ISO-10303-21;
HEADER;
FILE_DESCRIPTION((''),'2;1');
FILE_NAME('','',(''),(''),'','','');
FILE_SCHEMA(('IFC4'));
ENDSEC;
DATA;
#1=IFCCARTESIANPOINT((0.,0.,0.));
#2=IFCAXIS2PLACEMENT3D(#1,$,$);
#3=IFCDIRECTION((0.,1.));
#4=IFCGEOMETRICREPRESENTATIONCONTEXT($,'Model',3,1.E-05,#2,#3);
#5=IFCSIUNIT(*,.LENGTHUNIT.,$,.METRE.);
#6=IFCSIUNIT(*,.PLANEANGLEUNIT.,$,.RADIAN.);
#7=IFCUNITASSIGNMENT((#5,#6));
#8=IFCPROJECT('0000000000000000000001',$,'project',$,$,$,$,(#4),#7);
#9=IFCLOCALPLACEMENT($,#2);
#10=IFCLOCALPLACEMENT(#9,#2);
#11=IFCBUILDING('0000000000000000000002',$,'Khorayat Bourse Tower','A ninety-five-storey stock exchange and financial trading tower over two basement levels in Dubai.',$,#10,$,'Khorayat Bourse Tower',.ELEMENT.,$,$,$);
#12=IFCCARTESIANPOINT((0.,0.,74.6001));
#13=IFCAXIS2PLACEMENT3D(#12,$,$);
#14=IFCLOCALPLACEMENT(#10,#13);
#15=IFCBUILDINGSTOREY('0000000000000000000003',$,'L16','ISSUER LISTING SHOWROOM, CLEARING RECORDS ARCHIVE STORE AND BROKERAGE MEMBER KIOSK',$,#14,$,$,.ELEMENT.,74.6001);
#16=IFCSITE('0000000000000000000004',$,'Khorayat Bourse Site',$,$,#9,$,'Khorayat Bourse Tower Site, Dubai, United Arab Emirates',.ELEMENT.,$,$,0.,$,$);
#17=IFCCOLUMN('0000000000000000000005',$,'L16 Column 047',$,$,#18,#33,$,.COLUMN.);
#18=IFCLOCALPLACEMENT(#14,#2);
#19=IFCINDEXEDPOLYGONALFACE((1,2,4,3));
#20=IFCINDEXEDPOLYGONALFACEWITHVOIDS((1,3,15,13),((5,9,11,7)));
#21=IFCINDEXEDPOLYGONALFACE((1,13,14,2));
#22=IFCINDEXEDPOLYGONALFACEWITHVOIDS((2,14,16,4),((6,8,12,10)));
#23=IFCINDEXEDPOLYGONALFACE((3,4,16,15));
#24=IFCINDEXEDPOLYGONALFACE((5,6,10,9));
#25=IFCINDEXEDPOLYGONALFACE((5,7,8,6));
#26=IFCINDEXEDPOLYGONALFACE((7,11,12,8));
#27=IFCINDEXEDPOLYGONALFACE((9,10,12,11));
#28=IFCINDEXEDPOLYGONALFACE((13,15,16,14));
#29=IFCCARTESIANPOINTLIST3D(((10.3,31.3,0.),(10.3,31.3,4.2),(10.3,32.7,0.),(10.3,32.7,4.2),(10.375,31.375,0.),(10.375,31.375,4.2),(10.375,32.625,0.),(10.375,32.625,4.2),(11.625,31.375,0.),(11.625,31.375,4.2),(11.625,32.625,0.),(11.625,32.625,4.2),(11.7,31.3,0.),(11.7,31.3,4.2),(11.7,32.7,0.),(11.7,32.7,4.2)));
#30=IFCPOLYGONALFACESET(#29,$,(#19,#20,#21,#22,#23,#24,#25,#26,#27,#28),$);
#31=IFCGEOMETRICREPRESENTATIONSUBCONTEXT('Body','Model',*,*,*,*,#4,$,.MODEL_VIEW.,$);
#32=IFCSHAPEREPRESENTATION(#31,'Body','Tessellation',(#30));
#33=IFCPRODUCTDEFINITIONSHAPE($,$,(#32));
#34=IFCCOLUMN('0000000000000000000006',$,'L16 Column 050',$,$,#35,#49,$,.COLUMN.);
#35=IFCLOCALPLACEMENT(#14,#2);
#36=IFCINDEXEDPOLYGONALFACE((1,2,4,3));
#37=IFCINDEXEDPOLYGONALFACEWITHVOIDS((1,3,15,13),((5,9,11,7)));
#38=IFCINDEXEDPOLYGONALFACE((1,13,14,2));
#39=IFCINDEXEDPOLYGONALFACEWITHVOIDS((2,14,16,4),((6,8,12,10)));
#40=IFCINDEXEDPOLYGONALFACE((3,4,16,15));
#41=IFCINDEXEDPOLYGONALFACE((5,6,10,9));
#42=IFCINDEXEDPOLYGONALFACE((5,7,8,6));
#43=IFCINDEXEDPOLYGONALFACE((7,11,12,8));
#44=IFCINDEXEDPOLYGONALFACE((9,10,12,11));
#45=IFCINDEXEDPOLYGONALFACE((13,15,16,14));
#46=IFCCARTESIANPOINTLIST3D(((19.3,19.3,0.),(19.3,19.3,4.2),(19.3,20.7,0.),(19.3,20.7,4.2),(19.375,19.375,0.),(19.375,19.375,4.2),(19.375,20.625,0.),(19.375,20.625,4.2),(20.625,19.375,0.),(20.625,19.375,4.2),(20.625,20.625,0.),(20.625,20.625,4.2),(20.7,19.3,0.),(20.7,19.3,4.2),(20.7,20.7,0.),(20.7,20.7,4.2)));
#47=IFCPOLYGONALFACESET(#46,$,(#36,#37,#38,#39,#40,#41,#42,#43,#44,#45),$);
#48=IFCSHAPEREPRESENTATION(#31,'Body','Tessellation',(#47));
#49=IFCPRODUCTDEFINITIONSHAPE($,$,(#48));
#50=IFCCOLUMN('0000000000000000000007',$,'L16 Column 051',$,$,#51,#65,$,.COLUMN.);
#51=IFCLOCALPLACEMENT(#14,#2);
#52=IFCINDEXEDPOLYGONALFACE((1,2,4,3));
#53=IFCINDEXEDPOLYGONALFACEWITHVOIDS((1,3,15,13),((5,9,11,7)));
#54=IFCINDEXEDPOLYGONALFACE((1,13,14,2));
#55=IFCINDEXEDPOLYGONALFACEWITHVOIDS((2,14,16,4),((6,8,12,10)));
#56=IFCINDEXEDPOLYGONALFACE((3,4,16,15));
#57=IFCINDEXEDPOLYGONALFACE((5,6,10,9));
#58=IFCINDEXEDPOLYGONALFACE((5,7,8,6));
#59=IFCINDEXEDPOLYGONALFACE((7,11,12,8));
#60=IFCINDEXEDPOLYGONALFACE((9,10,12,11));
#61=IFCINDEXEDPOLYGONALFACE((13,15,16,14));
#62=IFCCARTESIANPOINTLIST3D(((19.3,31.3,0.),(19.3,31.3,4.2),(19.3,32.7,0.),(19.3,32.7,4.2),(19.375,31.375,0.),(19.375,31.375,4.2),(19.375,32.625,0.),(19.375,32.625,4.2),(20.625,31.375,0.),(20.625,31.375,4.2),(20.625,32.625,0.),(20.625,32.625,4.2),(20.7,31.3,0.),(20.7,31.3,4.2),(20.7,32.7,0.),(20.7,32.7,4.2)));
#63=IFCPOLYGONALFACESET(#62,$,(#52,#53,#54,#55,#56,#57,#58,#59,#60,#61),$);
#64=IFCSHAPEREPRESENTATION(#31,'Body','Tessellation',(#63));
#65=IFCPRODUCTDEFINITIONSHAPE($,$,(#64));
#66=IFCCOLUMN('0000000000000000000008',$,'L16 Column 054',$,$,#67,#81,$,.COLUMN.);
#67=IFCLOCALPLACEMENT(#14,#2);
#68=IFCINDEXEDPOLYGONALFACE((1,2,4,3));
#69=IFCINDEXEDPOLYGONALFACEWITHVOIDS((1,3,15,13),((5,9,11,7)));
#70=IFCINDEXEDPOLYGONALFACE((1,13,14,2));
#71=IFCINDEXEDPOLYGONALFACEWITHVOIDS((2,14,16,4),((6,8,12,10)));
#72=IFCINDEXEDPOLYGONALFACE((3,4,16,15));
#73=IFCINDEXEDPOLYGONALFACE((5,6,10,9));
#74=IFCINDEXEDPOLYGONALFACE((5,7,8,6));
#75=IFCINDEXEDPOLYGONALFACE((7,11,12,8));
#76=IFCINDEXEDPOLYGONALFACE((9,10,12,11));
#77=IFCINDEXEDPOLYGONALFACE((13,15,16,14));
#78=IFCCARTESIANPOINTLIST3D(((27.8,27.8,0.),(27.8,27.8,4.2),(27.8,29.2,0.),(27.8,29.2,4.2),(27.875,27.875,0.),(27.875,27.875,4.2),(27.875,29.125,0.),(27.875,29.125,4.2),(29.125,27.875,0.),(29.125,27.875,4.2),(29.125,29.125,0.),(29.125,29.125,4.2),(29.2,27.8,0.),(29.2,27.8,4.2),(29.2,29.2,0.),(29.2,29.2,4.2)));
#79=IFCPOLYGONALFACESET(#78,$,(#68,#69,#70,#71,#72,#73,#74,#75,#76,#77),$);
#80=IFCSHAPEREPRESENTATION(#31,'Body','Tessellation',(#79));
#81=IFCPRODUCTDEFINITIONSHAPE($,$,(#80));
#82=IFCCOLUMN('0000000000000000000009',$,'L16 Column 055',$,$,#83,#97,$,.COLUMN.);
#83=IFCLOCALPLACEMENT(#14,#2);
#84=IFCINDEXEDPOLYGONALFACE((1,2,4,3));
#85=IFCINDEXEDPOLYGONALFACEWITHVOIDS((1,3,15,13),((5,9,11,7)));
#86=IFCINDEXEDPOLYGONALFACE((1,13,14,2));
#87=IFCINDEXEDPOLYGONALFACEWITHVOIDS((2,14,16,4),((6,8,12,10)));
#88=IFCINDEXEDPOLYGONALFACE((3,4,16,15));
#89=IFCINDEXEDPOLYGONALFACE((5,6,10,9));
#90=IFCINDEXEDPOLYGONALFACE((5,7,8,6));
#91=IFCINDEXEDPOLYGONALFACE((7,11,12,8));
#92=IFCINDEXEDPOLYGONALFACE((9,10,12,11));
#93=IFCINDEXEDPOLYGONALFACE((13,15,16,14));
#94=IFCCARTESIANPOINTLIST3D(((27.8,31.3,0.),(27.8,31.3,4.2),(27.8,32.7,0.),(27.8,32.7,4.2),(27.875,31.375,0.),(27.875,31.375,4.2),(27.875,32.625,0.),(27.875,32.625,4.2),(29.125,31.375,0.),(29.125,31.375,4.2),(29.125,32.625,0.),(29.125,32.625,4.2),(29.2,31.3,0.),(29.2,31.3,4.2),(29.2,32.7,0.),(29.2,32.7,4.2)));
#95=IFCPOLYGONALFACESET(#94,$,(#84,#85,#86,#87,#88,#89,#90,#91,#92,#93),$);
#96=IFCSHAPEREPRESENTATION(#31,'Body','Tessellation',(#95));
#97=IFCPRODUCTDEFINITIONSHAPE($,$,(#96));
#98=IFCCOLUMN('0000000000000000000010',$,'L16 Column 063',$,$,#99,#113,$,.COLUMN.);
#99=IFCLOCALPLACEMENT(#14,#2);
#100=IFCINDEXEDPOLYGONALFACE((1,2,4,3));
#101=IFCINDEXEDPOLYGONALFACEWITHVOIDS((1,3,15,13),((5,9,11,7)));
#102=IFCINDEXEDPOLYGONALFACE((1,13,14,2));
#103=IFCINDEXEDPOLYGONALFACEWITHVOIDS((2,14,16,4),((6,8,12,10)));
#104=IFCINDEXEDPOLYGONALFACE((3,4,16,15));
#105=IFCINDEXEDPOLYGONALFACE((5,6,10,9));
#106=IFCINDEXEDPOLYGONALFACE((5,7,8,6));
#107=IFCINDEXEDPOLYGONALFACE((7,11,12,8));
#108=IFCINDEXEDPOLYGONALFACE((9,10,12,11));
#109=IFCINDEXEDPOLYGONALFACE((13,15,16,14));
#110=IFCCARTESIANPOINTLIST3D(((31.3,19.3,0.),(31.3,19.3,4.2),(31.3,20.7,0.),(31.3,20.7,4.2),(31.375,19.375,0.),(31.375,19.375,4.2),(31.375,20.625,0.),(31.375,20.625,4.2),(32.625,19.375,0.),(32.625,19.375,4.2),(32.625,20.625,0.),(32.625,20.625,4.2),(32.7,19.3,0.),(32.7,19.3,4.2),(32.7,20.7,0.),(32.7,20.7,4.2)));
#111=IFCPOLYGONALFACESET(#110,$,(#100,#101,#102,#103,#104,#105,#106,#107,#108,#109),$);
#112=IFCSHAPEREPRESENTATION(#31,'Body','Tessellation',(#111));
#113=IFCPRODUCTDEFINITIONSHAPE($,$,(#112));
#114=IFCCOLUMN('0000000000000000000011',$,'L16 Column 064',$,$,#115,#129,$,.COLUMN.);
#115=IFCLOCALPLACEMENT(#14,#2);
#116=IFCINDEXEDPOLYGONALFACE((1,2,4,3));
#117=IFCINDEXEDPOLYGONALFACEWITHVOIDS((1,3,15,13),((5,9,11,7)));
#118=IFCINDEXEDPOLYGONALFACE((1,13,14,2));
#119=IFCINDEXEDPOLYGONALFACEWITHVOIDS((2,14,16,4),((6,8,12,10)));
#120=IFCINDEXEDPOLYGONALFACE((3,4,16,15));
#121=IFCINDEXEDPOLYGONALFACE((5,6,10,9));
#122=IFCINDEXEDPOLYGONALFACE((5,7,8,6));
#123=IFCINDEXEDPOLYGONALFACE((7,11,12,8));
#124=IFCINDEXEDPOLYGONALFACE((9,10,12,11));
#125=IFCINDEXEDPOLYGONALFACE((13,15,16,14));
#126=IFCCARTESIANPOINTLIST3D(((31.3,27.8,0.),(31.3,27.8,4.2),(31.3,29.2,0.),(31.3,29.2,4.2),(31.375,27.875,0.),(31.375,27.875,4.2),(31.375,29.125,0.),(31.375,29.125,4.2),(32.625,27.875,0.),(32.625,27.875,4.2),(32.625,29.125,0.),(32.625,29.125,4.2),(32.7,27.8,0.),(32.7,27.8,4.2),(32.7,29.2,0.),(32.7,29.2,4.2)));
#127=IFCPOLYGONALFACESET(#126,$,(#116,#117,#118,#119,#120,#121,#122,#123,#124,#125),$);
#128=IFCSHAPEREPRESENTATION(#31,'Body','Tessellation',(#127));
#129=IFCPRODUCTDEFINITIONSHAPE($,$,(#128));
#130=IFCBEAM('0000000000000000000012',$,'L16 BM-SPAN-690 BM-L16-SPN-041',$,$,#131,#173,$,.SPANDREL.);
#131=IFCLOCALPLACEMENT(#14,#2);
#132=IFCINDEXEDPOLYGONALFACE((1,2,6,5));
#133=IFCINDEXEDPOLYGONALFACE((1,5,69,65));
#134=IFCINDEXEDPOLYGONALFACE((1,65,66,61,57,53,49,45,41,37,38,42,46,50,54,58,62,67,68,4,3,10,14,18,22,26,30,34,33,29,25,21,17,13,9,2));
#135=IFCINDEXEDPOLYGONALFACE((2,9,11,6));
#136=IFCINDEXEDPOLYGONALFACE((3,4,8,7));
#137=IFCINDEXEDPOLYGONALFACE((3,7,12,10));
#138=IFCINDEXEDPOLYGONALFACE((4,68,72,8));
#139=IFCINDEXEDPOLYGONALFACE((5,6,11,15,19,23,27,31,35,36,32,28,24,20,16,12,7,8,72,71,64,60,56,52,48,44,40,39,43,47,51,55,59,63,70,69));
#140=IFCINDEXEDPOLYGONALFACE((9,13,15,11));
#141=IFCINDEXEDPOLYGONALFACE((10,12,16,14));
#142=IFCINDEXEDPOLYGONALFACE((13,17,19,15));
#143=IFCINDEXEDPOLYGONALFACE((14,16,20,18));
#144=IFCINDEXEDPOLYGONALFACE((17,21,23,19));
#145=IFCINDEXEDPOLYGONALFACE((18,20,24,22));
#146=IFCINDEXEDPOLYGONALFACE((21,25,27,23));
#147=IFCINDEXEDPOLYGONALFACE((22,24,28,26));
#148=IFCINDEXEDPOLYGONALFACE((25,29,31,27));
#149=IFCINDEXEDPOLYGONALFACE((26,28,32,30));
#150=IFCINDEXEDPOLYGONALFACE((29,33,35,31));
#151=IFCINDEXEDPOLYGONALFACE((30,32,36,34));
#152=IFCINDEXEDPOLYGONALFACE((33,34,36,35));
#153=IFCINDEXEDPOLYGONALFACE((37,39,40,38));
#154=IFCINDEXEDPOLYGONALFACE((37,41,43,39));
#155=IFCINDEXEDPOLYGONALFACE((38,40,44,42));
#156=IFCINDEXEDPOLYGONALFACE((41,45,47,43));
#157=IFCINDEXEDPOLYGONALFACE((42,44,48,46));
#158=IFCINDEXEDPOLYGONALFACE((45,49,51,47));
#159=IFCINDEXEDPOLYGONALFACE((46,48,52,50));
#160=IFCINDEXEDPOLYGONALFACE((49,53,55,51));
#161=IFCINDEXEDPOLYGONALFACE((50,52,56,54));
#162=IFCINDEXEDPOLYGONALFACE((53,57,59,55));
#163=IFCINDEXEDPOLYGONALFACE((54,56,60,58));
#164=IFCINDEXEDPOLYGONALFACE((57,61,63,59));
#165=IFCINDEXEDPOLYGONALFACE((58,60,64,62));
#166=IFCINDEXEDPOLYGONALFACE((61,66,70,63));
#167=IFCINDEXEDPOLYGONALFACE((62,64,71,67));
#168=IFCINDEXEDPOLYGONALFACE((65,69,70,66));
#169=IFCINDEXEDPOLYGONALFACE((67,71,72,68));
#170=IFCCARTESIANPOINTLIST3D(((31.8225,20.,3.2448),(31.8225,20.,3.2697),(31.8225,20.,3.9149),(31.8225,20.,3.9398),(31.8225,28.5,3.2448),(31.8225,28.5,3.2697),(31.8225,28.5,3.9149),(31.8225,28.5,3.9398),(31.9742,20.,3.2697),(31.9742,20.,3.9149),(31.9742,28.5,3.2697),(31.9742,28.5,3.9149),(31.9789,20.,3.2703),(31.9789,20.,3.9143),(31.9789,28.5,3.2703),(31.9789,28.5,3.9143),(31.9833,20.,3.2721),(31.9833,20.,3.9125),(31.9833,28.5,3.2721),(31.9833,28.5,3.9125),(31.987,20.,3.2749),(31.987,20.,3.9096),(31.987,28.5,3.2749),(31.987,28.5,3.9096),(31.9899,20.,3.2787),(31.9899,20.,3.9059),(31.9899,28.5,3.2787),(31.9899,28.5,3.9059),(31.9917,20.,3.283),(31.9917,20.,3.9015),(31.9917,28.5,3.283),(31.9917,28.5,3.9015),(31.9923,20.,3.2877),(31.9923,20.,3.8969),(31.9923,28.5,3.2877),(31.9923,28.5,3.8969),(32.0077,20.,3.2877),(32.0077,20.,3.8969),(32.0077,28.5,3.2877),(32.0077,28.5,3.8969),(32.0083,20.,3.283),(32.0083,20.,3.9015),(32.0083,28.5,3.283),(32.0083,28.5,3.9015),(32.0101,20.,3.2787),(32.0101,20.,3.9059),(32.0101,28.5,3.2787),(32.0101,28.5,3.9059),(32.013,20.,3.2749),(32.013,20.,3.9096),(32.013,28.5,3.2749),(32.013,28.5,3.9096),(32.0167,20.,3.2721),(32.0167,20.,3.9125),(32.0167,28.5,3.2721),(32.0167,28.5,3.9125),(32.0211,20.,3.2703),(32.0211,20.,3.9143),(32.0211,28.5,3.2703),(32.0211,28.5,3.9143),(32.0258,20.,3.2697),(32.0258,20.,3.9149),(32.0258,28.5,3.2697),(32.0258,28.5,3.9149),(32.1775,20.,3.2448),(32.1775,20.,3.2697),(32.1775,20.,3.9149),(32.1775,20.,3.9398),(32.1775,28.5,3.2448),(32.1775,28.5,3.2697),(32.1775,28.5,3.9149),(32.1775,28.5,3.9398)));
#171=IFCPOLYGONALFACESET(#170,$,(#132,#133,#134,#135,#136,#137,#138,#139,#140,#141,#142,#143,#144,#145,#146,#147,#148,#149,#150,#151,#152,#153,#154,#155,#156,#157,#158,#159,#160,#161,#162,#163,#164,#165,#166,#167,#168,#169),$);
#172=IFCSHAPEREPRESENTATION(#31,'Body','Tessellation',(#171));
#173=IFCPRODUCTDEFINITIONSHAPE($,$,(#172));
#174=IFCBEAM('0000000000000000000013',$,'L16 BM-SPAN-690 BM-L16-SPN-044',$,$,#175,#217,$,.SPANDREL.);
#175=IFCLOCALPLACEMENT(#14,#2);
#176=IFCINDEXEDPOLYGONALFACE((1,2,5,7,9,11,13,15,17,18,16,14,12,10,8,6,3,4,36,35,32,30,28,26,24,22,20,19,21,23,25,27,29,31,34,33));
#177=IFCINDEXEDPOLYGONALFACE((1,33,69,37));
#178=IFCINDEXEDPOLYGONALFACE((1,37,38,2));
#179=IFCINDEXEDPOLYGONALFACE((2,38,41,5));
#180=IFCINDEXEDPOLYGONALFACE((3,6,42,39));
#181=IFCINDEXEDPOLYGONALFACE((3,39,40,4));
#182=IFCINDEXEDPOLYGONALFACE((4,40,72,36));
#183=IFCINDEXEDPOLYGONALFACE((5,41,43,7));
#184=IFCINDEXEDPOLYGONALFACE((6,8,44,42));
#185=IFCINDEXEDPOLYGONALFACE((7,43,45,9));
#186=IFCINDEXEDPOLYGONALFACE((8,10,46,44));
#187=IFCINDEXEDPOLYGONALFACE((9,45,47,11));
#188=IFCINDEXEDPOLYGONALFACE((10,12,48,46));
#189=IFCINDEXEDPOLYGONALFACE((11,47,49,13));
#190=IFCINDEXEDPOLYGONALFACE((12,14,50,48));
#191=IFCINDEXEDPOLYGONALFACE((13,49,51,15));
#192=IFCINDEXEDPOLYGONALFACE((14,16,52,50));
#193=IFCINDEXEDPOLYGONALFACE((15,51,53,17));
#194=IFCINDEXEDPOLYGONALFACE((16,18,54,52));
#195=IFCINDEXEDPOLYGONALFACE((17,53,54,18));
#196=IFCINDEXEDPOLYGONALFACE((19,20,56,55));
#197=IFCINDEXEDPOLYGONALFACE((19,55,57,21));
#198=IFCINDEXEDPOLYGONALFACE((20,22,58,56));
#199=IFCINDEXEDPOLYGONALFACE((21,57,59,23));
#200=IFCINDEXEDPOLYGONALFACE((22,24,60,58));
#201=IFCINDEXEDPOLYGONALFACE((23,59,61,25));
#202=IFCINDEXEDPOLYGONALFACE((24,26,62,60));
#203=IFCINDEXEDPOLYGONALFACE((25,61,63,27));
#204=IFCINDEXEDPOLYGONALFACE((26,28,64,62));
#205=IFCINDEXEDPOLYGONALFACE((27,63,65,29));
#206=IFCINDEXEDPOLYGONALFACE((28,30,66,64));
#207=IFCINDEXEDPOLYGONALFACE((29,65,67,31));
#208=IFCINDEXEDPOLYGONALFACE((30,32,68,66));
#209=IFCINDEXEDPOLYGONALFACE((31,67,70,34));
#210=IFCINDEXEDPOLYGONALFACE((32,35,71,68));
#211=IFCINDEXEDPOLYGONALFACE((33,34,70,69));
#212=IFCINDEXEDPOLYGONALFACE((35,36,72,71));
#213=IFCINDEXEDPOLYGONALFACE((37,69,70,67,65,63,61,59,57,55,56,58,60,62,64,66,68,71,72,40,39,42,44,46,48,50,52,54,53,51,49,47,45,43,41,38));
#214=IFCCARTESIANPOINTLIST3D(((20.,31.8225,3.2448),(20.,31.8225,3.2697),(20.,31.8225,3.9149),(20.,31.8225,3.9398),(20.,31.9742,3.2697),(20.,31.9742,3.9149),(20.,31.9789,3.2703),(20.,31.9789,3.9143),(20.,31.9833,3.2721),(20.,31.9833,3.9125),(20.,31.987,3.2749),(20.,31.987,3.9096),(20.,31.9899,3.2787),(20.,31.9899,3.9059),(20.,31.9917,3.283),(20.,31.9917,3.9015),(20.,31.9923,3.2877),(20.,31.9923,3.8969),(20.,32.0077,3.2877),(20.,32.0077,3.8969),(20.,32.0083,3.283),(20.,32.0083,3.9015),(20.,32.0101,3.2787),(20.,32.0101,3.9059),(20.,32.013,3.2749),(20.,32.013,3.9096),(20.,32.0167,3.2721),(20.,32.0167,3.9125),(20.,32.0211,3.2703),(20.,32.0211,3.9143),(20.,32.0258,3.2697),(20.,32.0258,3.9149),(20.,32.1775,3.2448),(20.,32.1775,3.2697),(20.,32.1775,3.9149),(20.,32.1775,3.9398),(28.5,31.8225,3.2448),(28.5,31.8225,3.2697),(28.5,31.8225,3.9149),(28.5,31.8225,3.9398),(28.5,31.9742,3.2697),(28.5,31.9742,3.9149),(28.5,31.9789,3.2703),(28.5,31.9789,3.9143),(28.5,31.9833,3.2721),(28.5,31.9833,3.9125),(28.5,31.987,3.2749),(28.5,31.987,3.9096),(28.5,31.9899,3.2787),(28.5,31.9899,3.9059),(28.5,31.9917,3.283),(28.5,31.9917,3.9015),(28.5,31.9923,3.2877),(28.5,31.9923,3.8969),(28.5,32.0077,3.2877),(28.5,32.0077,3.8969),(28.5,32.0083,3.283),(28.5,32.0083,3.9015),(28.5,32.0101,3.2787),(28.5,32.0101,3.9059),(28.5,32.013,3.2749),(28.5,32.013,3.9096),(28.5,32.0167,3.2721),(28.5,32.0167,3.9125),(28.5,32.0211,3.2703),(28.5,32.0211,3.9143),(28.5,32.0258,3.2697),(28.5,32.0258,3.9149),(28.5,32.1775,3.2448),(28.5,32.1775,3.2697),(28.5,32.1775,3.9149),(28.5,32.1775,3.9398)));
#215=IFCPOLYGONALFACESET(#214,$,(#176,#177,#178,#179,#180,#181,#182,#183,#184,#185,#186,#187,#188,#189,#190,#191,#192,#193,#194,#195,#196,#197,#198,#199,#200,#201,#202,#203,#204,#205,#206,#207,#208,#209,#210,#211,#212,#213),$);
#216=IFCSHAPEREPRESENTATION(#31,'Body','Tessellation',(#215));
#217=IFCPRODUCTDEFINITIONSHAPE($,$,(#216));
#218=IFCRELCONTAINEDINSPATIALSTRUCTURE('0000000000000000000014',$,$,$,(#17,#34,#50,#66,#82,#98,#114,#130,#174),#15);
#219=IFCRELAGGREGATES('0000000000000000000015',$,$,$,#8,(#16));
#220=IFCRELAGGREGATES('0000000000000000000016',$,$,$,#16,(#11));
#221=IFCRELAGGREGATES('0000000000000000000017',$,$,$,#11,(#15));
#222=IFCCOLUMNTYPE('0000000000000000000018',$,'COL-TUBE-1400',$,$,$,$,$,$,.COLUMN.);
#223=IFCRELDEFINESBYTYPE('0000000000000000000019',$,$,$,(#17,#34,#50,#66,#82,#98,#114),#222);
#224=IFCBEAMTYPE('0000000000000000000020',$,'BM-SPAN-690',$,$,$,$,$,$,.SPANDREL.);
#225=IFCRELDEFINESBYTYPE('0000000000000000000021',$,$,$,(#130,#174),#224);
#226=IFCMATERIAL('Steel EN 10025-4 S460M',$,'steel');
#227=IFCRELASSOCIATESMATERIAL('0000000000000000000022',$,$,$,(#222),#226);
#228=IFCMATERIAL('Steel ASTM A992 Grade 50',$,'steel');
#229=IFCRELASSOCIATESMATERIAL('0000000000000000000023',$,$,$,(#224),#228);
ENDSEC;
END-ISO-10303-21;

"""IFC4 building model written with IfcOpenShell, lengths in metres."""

from ifc_helpers import new_model, si_unit, direction, frame, origin, origin_2d, place, context, subcontext, project, spatial, hollow_rectangle, i_section, extrude, source, transform, mapped, material, material_profile, profile_set, type_object, element, save


model = new_model("IFC4")

# Units and contexts
model_context = context("Model", 3, precision=1e-05, world=origin(), true_north=direction((0.0, 1.0)))
body_context = subcontext(model_context, "Body", "Model", "MODEL_VIEW")
ifc_project = project(units=[si_unit("LENGTHUNIT", "METRE"), si_unit("PLANEANGLEUNIT", "RADIAN")], contexts=[model_context])

# Site, building, storey
site_placement = place(None, origin())
site = spatial("IfcSite", under=ifc_project, at=site_placement, Name="Khorayat Bourse Site", LongName="Khorayat Bourse Tower Site, Dubai, United Arab Emirates", CompositionType="ELEMENT", RefElevation=0.0)
building_placement = place(site_placement, origin())
building = spatial("IfcBuilding", under=site, at=building_placement, Name="Khorayat Bourse Tower", Description="A ninety-five-storey stock exchange and financial trading tower over two basement levels in Dubai.", LongName="Khorayat Bourse Tower", CompositionType="ELEMENT")
storey_placement = place(building_placement, frame((0.0, 0.0, 74.6001)))
storey = spatial("IfcBuildingStorey", under=building, at=storey_placement, Name="L16", Description="ISSUER LISTING SHOWROOM, CLEARING RECORDS ARCHIVE STORE AND BROKERAGE MEMBER KIOSK", CompositionType="ELEMENT", Elevation=74.6001)

# Columns
ifc_material_1 = material(Name="Steel EN 10025-4 S460M", Category="steel")
ifc_material_profile_1 = material_profile(ifc_material_1, hollow_rectangle(XDim=1.3999, YDim=1.3999, WallThickness=0.075, at=origin_2d()), Name="BOX 1400x1400x75")
ifc_profile_set_1 = profile_set([ifc_material_profile_1], Name="Steel EN 10025-4 S460M")
column_type = type_object("IfcColumnType", Name="COL-TUBE-1400", PredefinedType="COLUMN", material=ifc_profile_set_1)
shared_shape_1 = source(origin(), body_context, "Body", "SweptSolid", [
    extrude(hollow_rectangle(XDim=1.3999, YDim=1.3999, WallThickness=0.075, at=origin_2d()), origin(), (0.0, 0.0, 1.0), 4.2),
])
for number, where, z_axis, x_axis, name in (
    (1, (11.0, 32.0, 0.0), (0.0, 0.0, 1.0), (1.0, 0.0, 0.0), "L16 Column 047"),
    (2, (20.0, 20.0, 0.0), (0.0, 0.0, 1.0), (1.0, 0.0, 0.0), "L16 Column 050"),
    (3, (20.0, 32.0, 0.0), (0.0, 0.0, 1.0), (1.0, 0.0, 0.0), "L16 Column 051"),
    (4, (28.5, 28.5, 0.0), (0.0, 0.0, 1.0), (1.0, 0.0, 0.0), "L16 Column 054"),
    (5, (28.5, 32.0, 0.0), (0.0, 0.0, 1.0), (1.0, 0.0, 0.0), "L16 Column 055"),
    (6, (32.0, 20.0, 0.0), (0.0, 0.0, 1.0), (1.0, 0.0, 0.0), "L16 Column 063"),
    (7, (32.0, 28.5, 0.0), (0.0, 0.0, 1.0), (1.0, 0.0, 0.0), "L16 Column 064"),
):
    element("IfcColumn", number, at=place(storey_placement, frame(where, z_axis=z_axis, x_axis=x_axis)), inside=storey, type_object=column_type, Name=name, PredefinedType="COLUMN", context=body_context, shape_type="MappedRepresentation", body=[
        mapped(shared_shape_1, transform((0.0, 0.0, 0.0), scale=1.0)),
    ])

# Beams
ifc_material_2 = material(Name="Steel ASTM A992 Grade 50", Category="steel")
ifc_material_profile_2 = material_profile(ifc_material_2, i_section(OverallWidth=0.355, OverallDepth=0.6951, WebThickness=0.0154, FlangeThickness=0.0249, FilletRadius=0.0181, at=origin_2d()), Name="W690X217")
ifc_profile_set_2 = profile_set([ifc_material_profile_2], Name="Steel ASTM A992 Grade 50")
beam_type_1 = type_object("IfcBeamType", Name="BM-SPAN-690", PredefinedType="SPANDREL", material=ifc_profile_set_2)
shared_shape_2 = source(origin(), body_context, "Body", "SweptSolid", [
    extrude(i_section(OverallWidth=0.355, OverallDepth=0.6951, WebThickness=0.0154, FlangeThickness=0.0249, FilletRadius=0.0181, at=origin_2d()), origin(), (0.0, 0.0, 1.0), 8.5),
])
for number, where, z_axis, x_axis, name in (
    (8, (32.0, 20.0, 3.5923), (0.0, 1.0, 0.0), (-1.0, 0.0, 0.0), "L16 BM-SPAN-690 BM-L16-SPN-041"),
    (9, (20.0, 32.0, 3.5923), (1.0, 0.0, 0.0), (0.0, 1.0, 0.0), "L16 BM-SPAN-690 BM-L16-SPN-044"),
):
    element("IfcBeam", number, at=place(storey_placement, frame(where, z_axis=z_axis, x_axis=x_axis)), inside=storey, type_object=beam_type_1, Name=name, PredefinedType="SPANDREL", context=body_context, shape_type="MappedRepresentation", body=[
        mapped(shared_shape_2, transform((0.0, 0.0, 0.0), scale=1.0)),
    ])

save(model, "model.ifc")
